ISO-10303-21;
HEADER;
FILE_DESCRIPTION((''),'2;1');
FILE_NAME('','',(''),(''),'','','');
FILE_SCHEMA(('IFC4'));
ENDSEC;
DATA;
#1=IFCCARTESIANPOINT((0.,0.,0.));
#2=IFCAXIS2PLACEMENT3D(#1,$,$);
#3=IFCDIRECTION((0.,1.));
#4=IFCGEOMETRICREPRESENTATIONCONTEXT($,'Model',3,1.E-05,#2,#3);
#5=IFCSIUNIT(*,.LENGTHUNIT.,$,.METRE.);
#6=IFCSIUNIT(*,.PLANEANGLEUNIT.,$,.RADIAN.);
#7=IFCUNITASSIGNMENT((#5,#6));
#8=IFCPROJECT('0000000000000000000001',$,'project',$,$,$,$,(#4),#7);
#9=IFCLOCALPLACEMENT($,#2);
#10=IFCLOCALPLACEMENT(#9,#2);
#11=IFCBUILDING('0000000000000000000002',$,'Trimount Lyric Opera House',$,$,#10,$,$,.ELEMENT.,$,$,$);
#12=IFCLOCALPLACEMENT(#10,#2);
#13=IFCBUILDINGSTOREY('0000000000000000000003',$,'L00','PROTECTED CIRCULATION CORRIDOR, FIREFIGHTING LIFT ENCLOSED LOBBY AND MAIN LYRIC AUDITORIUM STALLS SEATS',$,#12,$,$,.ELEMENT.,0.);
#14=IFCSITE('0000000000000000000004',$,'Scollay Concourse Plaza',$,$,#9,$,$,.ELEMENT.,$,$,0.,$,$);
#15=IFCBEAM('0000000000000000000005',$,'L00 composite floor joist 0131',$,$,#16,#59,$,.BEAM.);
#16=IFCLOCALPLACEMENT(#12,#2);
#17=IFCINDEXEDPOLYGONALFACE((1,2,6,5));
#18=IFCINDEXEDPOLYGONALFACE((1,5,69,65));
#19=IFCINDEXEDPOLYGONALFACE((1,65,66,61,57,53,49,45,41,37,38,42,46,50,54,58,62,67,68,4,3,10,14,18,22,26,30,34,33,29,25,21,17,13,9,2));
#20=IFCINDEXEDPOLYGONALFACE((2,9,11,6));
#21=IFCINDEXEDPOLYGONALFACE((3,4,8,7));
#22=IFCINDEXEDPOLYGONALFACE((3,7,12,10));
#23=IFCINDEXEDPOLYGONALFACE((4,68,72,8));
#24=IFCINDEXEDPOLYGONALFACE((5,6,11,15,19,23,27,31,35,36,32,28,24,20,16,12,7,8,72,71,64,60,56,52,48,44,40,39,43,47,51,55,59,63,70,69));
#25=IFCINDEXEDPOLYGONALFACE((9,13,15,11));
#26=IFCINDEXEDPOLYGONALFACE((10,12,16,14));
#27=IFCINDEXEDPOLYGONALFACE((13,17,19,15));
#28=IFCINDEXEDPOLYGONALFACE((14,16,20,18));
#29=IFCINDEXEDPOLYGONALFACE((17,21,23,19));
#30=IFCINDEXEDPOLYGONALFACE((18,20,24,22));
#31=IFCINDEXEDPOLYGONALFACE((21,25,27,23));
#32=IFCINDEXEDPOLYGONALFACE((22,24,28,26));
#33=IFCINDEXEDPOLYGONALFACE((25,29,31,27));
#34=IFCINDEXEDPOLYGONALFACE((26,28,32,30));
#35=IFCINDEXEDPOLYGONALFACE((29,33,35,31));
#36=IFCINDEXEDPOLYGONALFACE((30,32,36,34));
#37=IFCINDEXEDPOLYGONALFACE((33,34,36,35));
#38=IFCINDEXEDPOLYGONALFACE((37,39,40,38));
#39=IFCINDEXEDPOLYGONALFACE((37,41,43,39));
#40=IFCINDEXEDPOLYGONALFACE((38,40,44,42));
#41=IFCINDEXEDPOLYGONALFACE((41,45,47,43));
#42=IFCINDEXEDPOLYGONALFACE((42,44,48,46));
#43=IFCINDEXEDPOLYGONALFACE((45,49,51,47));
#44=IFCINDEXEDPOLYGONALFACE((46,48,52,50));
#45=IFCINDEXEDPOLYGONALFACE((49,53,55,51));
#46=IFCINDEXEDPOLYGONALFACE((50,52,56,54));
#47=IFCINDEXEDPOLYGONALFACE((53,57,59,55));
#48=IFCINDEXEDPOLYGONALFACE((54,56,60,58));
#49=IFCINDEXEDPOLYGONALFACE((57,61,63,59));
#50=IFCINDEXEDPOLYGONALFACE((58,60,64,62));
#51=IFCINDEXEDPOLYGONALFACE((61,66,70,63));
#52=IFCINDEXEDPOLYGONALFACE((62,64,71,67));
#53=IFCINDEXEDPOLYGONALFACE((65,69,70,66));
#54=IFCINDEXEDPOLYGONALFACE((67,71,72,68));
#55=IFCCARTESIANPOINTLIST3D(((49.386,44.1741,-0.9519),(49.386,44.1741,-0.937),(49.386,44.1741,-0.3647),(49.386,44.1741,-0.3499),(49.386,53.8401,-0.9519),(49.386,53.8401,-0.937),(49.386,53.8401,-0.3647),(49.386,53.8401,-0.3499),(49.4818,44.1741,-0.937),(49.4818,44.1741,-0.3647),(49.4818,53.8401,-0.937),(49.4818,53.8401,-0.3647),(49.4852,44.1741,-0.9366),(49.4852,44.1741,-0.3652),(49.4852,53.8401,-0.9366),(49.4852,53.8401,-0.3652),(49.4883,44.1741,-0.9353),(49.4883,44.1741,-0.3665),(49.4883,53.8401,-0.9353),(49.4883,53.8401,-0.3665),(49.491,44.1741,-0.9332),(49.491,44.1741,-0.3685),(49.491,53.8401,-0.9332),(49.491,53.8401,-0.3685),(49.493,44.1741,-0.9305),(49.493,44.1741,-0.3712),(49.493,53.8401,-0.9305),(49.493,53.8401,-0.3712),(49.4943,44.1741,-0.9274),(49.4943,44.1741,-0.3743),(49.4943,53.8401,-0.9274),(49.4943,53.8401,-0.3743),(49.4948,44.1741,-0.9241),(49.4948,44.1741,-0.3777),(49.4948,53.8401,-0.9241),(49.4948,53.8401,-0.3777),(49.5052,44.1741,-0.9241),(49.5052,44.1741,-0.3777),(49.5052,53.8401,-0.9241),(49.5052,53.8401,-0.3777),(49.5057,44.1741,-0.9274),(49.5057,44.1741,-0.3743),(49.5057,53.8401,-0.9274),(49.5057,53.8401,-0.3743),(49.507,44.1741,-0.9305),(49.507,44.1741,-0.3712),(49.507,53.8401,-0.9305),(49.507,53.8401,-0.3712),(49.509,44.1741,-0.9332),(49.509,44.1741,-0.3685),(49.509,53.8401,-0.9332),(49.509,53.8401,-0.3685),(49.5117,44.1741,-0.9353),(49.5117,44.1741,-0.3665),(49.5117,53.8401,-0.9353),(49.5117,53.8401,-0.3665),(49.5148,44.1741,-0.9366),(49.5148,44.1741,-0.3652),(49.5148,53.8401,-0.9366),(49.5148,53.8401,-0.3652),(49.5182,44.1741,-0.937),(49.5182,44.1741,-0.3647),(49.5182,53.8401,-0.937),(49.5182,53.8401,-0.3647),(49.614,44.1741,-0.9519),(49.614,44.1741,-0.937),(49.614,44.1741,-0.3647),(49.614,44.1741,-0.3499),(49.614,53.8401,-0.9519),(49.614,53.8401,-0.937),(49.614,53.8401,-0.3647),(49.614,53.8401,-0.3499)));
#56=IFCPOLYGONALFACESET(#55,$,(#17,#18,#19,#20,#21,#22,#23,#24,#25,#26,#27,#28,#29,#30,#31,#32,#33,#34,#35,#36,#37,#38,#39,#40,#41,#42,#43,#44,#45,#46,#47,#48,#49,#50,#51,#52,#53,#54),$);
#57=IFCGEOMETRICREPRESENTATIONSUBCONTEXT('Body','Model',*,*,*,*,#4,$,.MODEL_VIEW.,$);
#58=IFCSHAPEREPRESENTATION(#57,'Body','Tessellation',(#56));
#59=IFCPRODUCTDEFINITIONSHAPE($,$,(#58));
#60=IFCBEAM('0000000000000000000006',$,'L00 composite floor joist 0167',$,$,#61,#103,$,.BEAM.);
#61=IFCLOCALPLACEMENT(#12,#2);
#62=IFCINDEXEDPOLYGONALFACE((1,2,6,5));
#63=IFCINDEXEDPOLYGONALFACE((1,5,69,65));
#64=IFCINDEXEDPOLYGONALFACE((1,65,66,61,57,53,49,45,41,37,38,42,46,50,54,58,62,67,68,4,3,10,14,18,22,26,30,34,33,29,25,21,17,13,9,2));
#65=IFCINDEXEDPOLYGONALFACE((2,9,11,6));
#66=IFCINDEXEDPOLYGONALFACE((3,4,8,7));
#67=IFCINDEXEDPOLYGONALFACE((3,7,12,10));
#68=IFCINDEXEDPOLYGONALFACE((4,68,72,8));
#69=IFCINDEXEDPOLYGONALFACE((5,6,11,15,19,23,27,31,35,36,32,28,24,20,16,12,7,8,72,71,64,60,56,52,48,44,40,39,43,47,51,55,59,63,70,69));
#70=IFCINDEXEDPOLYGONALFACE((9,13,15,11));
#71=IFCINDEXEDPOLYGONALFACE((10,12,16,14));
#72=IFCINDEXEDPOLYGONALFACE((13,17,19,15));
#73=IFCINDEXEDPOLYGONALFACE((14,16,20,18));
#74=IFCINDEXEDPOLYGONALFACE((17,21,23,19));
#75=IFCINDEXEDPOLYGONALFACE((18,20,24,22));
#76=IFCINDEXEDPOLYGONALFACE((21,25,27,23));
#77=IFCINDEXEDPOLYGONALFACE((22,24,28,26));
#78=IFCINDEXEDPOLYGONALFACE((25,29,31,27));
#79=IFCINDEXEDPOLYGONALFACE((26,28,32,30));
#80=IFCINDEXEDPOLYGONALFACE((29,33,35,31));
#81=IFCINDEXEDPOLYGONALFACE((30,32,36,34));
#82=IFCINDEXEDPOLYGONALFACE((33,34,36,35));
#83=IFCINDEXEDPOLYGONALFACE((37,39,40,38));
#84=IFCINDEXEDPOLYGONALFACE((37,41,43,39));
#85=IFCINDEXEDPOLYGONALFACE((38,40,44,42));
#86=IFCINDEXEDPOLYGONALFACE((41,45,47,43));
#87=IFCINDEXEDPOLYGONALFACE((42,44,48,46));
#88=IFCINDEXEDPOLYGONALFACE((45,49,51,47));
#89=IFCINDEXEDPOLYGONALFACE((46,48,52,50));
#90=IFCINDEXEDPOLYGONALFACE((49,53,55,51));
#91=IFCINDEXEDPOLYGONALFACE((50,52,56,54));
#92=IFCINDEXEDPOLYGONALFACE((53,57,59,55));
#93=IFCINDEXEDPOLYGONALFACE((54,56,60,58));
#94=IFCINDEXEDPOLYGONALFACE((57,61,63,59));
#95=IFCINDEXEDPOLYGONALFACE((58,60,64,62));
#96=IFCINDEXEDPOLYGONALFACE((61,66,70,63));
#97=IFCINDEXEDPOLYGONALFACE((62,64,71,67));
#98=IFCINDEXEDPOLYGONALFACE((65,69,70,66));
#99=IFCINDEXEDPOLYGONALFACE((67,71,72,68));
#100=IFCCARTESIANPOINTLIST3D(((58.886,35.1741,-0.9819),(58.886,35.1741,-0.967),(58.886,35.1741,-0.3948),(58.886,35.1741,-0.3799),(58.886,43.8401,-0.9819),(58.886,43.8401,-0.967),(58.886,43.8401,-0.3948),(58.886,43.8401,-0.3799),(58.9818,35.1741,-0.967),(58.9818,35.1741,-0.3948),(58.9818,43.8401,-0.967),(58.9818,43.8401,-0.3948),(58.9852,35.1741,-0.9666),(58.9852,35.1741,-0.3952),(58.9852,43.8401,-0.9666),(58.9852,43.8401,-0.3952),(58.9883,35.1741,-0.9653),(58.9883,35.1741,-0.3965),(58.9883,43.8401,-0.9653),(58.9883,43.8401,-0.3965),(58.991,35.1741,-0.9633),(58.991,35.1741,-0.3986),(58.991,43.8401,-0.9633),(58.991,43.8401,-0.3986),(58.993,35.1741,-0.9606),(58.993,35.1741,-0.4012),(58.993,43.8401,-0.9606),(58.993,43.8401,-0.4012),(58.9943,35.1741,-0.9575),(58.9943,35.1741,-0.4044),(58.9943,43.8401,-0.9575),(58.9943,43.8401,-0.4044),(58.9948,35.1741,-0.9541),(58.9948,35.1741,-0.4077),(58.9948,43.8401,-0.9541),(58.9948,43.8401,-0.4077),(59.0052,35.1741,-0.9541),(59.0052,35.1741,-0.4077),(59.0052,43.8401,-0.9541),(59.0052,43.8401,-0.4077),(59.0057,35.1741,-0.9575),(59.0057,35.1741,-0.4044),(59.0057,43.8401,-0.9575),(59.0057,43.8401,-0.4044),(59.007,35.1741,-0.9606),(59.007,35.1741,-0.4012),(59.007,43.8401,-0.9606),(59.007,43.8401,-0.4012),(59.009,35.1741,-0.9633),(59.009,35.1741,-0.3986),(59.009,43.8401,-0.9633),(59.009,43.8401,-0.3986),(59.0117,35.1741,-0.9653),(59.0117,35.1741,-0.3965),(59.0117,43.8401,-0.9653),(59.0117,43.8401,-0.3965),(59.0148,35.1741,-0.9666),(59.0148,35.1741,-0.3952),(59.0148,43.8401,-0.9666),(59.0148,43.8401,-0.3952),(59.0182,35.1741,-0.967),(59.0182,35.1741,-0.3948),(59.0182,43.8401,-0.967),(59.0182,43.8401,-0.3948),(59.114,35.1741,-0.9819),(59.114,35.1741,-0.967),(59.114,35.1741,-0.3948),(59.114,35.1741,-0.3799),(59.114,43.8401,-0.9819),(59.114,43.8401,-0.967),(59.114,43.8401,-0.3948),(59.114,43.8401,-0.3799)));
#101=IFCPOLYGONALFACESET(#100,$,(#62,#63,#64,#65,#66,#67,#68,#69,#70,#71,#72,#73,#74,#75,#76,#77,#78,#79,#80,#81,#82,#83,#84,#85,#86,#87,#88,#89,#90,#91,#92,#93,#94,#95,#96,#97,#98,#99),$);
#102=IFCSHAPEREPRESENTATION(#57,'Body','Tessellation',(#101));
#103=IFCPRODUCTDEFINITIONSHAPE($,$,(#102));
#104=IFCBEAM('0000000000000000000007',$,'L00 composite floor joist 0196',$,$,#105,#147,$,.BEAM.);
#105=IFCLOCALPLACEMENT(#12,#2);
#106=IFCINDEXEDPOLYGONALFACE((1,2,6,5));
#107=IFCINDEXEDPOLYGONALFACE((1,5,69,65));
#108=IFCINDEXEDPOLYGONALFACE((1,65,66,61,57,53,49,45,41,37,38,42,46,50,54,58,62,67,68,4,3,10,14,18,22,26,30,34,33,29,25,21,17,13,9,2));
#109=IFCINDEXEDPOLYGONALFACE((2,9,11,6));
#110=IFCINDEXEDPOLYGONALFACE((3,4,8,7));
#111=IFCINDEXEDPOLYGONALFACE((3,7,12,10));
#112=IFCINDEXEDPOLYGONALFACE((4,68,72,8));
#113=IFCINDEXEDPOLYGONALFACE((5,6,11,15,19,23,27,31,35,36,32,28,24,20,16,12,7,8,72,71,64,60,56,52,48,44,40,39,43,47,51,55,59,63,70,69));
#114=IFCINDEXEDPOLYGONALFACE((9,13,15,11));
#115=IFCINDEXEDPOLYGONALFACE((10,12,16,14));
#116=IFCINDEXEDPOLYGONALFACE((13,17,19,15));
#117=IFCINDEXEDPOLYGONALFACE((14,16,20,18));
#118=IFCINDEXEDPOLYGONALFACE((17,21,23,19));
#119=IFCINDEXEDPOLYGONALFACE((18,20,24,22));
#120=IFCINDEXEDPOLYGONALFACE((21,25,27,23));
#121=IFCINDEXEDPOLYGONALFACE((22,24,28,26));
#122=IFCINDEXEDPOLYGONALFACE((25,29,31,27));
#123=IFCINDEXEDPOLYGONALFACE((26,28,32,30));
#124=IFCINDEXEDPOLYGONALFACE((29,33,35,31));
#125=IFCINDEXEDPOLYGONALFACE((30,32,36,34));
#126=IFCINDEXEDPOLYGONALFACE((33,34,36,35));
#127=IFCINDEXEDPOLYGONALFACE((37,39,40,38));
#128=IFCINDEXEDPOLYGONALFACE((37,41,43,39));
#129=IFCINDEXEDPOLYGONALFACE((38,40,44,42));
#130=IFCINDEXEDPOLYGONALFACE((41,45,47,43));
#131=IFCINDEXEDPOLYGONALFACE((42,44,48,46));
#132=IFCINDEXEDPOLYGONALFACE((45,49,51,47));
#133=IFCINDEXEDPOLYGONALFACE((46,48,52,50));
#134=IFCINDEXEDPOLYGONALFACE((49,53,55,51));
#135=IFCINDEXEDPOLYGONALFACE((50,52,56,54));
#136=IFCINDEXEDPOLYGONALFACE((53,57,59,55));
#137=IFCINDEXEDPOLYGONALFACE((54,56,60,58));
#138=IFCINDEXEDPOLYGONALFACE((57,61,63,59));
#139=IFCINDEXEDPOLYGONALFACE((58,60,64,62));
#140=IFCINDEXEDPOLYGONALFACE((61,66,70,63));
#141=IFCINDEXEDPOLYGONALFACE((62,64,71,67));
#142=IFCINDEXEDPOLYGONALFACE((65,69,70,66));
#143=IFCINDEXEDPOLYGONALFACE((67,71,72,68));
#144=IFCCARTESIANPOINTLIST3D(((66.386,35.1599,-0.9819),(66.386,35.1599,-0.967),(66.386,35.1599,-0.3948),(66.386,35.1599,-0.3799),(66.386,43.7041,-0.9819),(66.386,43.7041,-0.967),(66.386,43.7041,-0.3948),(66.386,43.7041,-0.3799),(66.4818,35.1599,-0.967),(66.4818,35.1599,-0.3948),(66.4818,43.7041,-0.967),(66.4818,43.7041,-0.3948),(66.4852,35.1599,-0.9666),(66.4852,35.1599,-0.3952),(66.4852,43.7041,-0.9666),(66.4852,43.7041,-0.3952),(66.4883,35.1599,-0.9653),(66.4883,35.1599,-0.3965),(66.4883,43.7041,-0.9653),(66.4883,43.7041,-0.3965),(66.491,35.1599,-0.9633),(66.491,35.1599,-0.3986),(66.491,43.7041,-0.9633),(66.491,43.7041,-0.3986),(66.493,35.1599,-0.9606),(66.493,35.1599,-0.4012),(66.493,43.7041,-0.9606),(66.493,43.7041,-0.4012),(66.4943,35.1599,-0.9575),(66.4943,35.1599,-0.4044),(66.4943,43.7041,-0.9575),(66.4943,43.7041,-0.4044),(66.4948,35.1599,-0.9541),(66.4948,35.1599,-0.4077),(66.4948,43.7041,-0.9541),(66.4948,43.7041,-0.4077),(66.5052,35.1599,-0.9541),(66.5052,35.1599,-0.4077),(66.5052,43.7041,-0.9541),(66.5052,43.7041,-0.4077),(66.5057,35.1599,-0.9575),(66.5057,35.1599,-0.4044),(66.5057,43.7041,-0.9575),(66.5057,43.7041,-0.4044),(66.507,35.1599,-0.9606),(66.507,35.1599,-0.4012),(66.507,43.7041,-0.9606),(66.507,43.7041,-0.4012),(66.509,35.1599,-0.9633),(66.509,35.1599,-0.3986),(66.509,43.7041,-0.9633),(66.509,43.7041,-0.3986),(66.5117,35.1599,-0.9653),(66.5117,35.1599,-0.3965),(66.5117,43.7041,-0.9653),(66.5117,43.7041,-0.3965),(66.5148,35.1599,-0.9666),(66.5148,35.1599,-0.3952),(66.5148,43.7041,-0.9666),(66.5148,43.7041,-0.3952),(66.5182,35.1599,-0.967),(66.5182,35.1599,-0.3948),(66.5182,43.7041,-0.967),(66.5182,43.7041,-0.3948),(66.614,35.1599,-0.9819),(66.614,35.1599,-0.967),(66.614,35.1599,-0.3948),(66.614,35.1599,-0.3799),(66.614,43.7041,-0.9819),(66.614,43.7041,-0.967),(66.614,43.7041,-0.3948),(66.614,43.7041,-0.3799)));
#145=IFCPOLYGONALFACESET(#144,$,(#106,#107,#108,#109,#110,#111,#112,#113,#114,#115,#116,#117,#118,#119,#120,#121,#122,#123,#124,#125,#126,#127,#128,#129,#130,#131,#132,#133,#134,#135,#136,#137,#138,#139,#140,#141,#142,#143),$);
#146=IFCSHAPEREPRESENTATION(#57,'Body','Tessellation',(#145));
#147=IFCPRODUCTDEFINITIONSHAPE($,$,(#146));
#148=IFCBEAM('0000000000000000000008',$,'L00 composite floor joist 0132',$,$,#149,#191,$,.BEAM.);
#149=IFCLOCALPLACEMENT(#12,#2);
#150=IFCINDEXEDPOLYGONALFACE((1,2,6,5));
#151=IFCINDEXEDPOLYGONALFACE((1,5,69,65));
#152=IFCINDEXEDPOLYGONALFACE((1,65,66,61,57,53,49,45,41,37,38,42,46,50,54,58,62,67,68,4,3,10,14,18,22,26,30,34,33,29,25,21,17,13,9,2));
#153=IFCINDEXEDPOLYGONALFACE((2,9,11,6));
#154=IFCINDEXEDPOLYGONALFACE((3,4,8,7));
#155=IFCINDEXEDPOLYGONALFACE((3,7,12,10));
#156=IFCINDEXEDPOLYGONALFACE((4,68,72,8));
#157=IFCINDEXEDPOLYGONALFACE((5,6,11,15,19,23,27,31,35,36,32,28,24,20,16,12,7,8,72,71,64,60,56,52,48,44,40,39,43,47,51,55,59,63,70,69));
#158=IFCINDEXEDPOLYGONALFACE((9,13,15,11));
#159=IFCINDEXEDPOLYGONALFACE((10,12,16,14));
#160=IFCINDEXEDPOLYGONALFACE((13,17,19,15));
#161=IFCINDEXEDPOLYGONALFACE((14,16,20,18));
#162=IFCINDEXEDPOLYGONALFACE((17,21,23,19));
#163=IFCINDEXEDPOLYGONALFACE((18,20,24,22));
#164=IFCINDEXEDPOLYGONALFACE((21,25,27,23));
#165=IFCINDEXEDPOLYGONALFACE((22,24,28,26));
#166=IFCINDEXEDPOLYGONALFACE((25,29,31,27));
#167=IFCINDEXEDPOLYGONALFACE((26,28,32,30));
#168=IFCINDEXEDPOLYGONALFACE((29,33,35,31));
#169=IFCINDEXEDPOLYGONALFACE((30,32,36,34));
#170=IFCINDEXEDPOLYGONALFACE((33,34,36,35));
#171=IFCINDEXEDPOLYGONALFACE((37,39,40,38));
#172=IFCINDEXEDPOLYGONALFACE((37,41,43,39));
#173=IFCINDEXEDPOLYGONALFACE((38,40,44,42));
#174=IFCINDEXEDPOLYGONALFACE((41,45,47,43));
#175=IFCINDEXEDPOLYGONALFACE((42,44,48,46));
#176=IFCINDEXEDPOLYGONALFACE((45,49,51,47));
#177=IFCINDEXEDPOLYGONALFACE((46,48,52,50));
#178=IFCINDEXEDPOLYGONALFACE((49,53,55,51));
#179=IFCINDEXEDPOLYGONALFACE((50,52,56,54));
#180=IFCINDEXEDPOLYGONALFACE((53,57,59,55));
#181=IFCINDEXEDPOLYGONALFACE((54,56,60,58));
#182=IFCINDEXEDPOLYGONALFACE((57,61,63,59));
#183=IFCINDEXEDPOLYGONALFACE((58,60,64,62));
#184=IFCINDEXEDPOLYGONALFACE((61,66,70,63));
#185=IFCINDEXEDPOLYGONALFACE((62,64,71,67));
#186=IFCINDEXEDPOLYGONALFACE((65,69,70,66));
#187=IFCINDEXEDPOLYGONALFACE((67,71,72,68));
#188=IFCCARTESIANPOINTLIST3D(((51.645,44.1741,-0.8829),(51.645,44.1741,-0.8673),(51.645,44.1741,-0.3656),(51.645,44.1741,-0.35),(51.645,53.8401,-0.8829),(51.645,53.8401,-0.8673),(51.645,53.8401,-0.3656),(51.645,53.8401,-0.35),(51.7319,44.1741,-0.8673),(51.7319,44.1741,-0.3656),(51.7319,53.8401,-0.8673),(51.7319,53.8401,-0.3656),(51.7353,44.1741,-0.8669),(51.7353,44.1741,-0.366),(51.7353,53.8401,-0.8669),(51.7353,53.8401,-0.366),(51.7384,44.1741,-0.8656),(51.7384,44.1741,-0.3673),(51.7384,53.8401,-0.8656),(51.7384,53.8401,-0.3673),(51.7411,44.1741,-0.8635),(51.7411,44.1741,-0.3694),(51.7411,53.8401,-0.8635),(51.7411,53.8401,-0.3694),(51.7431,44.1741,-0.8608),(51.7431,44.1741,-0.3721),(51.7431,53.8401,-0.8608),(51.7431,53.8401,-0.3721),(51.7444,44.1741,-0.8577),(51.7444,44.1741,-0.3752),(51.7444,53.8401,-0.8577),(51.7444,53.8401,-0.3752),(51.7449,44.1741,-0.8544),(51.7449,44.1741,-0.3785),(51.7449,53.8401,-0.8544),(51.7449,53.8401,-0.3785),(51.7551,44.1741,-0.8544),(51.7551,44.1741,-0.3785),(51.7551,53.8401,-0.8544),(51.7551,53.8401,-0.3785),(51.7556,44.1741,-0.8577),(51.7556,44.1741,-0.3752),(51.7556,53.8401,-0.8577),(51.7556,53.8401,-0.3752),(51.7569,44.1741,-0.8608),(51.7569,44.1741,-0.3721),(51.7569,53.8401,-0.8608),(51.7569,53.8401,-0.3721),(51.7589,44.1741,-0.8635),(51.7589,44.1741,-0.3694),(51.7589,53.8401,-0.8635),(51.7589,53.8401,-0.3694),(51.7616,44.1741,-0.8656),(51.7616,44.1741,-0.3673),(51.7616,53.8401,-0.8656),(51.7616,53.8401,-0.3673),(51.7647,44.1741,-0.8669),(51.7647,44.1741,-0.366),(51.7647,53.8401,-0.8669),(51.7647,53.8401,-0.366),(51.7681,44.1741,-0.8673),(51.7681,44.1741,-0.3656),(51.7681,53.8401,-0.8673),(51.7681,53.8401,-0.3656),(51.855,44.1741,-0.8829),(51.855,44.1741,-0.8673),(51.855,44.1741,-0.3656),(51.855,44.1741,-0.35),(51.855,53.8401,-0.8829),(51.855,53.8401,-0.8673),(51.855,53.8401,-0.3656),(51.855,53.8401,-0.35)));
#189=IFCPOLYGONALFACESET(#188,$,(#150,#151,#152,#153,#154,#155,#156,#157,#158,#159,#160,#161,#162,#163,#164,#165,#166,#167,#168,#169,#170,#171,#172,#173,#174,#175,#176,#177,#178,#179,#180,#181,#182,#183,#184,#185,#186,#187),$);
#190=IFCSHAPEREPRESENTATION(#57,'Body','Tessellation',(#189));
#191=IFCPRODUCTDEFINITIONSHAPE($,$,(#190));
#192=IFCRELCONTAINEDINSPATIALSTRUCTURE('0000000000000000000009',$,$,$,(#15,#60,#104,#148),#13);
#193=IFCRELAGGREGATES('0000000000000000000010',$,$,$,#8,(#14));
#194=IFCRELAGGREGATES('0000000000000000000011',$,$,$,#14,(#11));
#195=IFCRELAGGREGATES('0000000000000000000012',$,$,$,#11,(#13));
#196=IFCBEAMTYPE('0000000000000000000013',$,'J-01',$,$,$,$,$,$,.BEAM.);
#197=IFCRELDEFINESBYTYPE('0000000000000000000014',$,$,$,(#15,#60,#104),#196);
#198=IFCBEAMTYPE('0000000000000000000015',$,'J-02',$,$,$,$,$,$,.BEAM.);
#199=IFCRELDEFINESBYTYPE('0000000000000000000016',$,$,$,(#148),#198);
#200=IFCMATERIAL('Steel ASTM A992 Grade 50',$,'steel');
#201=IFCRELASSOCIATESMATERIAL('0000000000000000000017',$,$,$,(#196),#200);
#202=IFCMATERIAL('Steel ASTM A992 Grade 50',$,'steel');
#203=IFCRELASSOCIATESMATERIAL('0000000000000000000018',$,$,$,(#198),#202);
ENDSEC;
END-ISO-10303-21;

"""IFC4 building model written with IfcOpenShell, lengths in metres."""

from ifc_helpers import new_model, si_unit, direction, frame, origin, origin_2d, place, context, subcontext, project, spatial, i_section, extrude, material, material_profile, profile_set, type_object, element, save


model = new_model("IFC4")

# Units and contexts
model_context = context("Model", 3, precision=1e-05, world=origin(), true_north=direction((0.0, 1.0)))
body_context = subcontext(model_context, "Body", "Model", "MODEL_VIEW")
ifc_project = project(units=[si_unit("LENGTHUNIT", "METRE"), si_unit("PLANEANGLEUNIT", "RADIAN")], contexts=[model_context])

# Site, building, storey
site_placement = place(None, origin())
site = spatial("IfcSite", under=ifc_project, at=site_placement, Name="Scollay Concourse Plaza", CompositionType="ELEMENT", RefElevation=0.0)
building_placement = place(site_placement, origin())
building = spatial("IfcBuilding", under=site, at=building_placement, Name="Trimount Lyric Opera House", CompositionType="ELEMENT")
storey_placement = place(building_placement, origin())
storey = spatial("IfcBuildingStorey", under=building, at=storey_placement, Name="L00", Description="PROTECTED CIRCULATION CORRIDOR, FIREFIGHTING LIFT ENCLOSED LOBBY AND MAIN LYRIC AUDITORIUM STALLS SEATS", CompositionType="ELEMENT", Elevation=0.0)

# Beams
ifc_material_1 = material(Name="Steel ASTM A992 Grade 50", Category="steel")
ifc_material_profile_1 = material_profile(ifc_material_1, i_section(OverallWidth=0.228, OverallDepth=0.6021, WebThickness=0.0105, FlangeThickness=0.0149, FilletRadius=0.0129, at=origin_2d()), Name="W24X68")
ifc_profile_set_1 = profile_set([ifc_material_profile_1], Name="Steel ASTM A992 Grade 50")
beam_type_1 = type_object("IfcBeamType", Name="J-01", PredefinedType="BEAM", material=ifc_profile_set_1)
beam_1_placement = place(storey_placement, frame((49.5, 44.1741, -0.6509), z_axis=(0.0, 1.0, 0.0), x_axis=(-1.0, 0.0, 0.0)))
element("IfcBeam", 1, at=beam_1_placement, inside=storey, type_object=beam_type_1, Name="L00 composite floor joist 0131", PredefinedType="BEAM", context=body_context, shape_type="SweptSolid", body=[
    extrude(i_section(OverallWidth=0.228, OverallDepth=0.6021, WebThickness=0.0105, FlangeThickness=0.0149, FilletRadius=0.0129, at=origin_2d()), origin(), (0.0, 0.0, 1.0), 9.666),
])
beam_2_placement = place(storey_placement, frame((59.0, 35.1741, -0.6809), z_axis=(0.0, 1.0, 0.0), x_axis=(-1.0, 0.0, 0.0)))
element("IfcBeam", 2, at=beam_2_placement, inside=storey, type_object=beam_type_1, Name="L00 composite floor joist 0167", PredefinedType="BEAM", context=body_context, shape_type="SweptSolid", body=[
    extrude(i_section(OverallWidth=0.228, OverallDepth=0.6021, WebThickness=0.0105, FlangeThickness=0.0149, FilletRadius=0.0129, at=origin_2d()), origin(), (0.0, 0.0, 1.0), 8.666),
])
beam_3_placement = place(storey_placement, frame((66.5, 35.1599, -0.6809), z_axis=(0.0, 1.0, 0.0), x_axis=(-1.0, 0.0, 0.0)))
element("IfcBeam", 3, at=beam_3_placement, inside=storey, type_object=beam_type_1, Name="L00 composite floor joist 0196", PredefinedType="BEAM", context=body_context, shape_type="SweptSolid", body=[
    extrude(i_section(OverallWidth=0.228, OverallDepth=0.6021, WebThickness=0.0105, FlangeThickness=0.0149, FilletRadius=0.0129, at=origin_2d()), origin(), (0.0, 0.0, 1.0), 8.5442),
])
ifc_material_2 = material(Name="Steel ASTM A992 Grade 50", Category="steel")
ifc_material_profile_2 = material_profile(ifc_material_2, i_section(OverallWidth=0.21, OverallDepth=0.533, WebThickness=0.0103, FlangeThickness=0.0156, FilletRadius=0.0129, at=origin_2d()), Name="W21X62")
ifc_profile_set_2 = profile_set([ifc_material_profile_2], Name="Steel ASTM A992 Grade 50")
beam_type_2 = type_object("IfcBeamType", Name="J-02", PredefinedType="BEAM", material=ifc_profile_set_2)
beam_4_placement = place(storey_placement, frame((51.75, 44.1741, -0.6165), z_axis=(0.0, 1.0, 0.0), x_axis=(-1.0, 0.0, 0.0)))
element("IfcBeam", 4, at=beam_4_placement, inside=storey, type_object=beam_type_2, Name="L00 composite floor joist 0132", PredefinedType="BEAM", context=body_context, shape_type="SweptSolid", body=[
    extrude(i_section(OverallWidth=0.21, OverallDepth=0.533, WebThickness=0.0103, FlangeThickness=0.0156, FilletRadius=0.0129, at=origin_2d()), origin(), (0.0, 0.0, 1.0), 9.666),
])

save(model, "model.ifc")
